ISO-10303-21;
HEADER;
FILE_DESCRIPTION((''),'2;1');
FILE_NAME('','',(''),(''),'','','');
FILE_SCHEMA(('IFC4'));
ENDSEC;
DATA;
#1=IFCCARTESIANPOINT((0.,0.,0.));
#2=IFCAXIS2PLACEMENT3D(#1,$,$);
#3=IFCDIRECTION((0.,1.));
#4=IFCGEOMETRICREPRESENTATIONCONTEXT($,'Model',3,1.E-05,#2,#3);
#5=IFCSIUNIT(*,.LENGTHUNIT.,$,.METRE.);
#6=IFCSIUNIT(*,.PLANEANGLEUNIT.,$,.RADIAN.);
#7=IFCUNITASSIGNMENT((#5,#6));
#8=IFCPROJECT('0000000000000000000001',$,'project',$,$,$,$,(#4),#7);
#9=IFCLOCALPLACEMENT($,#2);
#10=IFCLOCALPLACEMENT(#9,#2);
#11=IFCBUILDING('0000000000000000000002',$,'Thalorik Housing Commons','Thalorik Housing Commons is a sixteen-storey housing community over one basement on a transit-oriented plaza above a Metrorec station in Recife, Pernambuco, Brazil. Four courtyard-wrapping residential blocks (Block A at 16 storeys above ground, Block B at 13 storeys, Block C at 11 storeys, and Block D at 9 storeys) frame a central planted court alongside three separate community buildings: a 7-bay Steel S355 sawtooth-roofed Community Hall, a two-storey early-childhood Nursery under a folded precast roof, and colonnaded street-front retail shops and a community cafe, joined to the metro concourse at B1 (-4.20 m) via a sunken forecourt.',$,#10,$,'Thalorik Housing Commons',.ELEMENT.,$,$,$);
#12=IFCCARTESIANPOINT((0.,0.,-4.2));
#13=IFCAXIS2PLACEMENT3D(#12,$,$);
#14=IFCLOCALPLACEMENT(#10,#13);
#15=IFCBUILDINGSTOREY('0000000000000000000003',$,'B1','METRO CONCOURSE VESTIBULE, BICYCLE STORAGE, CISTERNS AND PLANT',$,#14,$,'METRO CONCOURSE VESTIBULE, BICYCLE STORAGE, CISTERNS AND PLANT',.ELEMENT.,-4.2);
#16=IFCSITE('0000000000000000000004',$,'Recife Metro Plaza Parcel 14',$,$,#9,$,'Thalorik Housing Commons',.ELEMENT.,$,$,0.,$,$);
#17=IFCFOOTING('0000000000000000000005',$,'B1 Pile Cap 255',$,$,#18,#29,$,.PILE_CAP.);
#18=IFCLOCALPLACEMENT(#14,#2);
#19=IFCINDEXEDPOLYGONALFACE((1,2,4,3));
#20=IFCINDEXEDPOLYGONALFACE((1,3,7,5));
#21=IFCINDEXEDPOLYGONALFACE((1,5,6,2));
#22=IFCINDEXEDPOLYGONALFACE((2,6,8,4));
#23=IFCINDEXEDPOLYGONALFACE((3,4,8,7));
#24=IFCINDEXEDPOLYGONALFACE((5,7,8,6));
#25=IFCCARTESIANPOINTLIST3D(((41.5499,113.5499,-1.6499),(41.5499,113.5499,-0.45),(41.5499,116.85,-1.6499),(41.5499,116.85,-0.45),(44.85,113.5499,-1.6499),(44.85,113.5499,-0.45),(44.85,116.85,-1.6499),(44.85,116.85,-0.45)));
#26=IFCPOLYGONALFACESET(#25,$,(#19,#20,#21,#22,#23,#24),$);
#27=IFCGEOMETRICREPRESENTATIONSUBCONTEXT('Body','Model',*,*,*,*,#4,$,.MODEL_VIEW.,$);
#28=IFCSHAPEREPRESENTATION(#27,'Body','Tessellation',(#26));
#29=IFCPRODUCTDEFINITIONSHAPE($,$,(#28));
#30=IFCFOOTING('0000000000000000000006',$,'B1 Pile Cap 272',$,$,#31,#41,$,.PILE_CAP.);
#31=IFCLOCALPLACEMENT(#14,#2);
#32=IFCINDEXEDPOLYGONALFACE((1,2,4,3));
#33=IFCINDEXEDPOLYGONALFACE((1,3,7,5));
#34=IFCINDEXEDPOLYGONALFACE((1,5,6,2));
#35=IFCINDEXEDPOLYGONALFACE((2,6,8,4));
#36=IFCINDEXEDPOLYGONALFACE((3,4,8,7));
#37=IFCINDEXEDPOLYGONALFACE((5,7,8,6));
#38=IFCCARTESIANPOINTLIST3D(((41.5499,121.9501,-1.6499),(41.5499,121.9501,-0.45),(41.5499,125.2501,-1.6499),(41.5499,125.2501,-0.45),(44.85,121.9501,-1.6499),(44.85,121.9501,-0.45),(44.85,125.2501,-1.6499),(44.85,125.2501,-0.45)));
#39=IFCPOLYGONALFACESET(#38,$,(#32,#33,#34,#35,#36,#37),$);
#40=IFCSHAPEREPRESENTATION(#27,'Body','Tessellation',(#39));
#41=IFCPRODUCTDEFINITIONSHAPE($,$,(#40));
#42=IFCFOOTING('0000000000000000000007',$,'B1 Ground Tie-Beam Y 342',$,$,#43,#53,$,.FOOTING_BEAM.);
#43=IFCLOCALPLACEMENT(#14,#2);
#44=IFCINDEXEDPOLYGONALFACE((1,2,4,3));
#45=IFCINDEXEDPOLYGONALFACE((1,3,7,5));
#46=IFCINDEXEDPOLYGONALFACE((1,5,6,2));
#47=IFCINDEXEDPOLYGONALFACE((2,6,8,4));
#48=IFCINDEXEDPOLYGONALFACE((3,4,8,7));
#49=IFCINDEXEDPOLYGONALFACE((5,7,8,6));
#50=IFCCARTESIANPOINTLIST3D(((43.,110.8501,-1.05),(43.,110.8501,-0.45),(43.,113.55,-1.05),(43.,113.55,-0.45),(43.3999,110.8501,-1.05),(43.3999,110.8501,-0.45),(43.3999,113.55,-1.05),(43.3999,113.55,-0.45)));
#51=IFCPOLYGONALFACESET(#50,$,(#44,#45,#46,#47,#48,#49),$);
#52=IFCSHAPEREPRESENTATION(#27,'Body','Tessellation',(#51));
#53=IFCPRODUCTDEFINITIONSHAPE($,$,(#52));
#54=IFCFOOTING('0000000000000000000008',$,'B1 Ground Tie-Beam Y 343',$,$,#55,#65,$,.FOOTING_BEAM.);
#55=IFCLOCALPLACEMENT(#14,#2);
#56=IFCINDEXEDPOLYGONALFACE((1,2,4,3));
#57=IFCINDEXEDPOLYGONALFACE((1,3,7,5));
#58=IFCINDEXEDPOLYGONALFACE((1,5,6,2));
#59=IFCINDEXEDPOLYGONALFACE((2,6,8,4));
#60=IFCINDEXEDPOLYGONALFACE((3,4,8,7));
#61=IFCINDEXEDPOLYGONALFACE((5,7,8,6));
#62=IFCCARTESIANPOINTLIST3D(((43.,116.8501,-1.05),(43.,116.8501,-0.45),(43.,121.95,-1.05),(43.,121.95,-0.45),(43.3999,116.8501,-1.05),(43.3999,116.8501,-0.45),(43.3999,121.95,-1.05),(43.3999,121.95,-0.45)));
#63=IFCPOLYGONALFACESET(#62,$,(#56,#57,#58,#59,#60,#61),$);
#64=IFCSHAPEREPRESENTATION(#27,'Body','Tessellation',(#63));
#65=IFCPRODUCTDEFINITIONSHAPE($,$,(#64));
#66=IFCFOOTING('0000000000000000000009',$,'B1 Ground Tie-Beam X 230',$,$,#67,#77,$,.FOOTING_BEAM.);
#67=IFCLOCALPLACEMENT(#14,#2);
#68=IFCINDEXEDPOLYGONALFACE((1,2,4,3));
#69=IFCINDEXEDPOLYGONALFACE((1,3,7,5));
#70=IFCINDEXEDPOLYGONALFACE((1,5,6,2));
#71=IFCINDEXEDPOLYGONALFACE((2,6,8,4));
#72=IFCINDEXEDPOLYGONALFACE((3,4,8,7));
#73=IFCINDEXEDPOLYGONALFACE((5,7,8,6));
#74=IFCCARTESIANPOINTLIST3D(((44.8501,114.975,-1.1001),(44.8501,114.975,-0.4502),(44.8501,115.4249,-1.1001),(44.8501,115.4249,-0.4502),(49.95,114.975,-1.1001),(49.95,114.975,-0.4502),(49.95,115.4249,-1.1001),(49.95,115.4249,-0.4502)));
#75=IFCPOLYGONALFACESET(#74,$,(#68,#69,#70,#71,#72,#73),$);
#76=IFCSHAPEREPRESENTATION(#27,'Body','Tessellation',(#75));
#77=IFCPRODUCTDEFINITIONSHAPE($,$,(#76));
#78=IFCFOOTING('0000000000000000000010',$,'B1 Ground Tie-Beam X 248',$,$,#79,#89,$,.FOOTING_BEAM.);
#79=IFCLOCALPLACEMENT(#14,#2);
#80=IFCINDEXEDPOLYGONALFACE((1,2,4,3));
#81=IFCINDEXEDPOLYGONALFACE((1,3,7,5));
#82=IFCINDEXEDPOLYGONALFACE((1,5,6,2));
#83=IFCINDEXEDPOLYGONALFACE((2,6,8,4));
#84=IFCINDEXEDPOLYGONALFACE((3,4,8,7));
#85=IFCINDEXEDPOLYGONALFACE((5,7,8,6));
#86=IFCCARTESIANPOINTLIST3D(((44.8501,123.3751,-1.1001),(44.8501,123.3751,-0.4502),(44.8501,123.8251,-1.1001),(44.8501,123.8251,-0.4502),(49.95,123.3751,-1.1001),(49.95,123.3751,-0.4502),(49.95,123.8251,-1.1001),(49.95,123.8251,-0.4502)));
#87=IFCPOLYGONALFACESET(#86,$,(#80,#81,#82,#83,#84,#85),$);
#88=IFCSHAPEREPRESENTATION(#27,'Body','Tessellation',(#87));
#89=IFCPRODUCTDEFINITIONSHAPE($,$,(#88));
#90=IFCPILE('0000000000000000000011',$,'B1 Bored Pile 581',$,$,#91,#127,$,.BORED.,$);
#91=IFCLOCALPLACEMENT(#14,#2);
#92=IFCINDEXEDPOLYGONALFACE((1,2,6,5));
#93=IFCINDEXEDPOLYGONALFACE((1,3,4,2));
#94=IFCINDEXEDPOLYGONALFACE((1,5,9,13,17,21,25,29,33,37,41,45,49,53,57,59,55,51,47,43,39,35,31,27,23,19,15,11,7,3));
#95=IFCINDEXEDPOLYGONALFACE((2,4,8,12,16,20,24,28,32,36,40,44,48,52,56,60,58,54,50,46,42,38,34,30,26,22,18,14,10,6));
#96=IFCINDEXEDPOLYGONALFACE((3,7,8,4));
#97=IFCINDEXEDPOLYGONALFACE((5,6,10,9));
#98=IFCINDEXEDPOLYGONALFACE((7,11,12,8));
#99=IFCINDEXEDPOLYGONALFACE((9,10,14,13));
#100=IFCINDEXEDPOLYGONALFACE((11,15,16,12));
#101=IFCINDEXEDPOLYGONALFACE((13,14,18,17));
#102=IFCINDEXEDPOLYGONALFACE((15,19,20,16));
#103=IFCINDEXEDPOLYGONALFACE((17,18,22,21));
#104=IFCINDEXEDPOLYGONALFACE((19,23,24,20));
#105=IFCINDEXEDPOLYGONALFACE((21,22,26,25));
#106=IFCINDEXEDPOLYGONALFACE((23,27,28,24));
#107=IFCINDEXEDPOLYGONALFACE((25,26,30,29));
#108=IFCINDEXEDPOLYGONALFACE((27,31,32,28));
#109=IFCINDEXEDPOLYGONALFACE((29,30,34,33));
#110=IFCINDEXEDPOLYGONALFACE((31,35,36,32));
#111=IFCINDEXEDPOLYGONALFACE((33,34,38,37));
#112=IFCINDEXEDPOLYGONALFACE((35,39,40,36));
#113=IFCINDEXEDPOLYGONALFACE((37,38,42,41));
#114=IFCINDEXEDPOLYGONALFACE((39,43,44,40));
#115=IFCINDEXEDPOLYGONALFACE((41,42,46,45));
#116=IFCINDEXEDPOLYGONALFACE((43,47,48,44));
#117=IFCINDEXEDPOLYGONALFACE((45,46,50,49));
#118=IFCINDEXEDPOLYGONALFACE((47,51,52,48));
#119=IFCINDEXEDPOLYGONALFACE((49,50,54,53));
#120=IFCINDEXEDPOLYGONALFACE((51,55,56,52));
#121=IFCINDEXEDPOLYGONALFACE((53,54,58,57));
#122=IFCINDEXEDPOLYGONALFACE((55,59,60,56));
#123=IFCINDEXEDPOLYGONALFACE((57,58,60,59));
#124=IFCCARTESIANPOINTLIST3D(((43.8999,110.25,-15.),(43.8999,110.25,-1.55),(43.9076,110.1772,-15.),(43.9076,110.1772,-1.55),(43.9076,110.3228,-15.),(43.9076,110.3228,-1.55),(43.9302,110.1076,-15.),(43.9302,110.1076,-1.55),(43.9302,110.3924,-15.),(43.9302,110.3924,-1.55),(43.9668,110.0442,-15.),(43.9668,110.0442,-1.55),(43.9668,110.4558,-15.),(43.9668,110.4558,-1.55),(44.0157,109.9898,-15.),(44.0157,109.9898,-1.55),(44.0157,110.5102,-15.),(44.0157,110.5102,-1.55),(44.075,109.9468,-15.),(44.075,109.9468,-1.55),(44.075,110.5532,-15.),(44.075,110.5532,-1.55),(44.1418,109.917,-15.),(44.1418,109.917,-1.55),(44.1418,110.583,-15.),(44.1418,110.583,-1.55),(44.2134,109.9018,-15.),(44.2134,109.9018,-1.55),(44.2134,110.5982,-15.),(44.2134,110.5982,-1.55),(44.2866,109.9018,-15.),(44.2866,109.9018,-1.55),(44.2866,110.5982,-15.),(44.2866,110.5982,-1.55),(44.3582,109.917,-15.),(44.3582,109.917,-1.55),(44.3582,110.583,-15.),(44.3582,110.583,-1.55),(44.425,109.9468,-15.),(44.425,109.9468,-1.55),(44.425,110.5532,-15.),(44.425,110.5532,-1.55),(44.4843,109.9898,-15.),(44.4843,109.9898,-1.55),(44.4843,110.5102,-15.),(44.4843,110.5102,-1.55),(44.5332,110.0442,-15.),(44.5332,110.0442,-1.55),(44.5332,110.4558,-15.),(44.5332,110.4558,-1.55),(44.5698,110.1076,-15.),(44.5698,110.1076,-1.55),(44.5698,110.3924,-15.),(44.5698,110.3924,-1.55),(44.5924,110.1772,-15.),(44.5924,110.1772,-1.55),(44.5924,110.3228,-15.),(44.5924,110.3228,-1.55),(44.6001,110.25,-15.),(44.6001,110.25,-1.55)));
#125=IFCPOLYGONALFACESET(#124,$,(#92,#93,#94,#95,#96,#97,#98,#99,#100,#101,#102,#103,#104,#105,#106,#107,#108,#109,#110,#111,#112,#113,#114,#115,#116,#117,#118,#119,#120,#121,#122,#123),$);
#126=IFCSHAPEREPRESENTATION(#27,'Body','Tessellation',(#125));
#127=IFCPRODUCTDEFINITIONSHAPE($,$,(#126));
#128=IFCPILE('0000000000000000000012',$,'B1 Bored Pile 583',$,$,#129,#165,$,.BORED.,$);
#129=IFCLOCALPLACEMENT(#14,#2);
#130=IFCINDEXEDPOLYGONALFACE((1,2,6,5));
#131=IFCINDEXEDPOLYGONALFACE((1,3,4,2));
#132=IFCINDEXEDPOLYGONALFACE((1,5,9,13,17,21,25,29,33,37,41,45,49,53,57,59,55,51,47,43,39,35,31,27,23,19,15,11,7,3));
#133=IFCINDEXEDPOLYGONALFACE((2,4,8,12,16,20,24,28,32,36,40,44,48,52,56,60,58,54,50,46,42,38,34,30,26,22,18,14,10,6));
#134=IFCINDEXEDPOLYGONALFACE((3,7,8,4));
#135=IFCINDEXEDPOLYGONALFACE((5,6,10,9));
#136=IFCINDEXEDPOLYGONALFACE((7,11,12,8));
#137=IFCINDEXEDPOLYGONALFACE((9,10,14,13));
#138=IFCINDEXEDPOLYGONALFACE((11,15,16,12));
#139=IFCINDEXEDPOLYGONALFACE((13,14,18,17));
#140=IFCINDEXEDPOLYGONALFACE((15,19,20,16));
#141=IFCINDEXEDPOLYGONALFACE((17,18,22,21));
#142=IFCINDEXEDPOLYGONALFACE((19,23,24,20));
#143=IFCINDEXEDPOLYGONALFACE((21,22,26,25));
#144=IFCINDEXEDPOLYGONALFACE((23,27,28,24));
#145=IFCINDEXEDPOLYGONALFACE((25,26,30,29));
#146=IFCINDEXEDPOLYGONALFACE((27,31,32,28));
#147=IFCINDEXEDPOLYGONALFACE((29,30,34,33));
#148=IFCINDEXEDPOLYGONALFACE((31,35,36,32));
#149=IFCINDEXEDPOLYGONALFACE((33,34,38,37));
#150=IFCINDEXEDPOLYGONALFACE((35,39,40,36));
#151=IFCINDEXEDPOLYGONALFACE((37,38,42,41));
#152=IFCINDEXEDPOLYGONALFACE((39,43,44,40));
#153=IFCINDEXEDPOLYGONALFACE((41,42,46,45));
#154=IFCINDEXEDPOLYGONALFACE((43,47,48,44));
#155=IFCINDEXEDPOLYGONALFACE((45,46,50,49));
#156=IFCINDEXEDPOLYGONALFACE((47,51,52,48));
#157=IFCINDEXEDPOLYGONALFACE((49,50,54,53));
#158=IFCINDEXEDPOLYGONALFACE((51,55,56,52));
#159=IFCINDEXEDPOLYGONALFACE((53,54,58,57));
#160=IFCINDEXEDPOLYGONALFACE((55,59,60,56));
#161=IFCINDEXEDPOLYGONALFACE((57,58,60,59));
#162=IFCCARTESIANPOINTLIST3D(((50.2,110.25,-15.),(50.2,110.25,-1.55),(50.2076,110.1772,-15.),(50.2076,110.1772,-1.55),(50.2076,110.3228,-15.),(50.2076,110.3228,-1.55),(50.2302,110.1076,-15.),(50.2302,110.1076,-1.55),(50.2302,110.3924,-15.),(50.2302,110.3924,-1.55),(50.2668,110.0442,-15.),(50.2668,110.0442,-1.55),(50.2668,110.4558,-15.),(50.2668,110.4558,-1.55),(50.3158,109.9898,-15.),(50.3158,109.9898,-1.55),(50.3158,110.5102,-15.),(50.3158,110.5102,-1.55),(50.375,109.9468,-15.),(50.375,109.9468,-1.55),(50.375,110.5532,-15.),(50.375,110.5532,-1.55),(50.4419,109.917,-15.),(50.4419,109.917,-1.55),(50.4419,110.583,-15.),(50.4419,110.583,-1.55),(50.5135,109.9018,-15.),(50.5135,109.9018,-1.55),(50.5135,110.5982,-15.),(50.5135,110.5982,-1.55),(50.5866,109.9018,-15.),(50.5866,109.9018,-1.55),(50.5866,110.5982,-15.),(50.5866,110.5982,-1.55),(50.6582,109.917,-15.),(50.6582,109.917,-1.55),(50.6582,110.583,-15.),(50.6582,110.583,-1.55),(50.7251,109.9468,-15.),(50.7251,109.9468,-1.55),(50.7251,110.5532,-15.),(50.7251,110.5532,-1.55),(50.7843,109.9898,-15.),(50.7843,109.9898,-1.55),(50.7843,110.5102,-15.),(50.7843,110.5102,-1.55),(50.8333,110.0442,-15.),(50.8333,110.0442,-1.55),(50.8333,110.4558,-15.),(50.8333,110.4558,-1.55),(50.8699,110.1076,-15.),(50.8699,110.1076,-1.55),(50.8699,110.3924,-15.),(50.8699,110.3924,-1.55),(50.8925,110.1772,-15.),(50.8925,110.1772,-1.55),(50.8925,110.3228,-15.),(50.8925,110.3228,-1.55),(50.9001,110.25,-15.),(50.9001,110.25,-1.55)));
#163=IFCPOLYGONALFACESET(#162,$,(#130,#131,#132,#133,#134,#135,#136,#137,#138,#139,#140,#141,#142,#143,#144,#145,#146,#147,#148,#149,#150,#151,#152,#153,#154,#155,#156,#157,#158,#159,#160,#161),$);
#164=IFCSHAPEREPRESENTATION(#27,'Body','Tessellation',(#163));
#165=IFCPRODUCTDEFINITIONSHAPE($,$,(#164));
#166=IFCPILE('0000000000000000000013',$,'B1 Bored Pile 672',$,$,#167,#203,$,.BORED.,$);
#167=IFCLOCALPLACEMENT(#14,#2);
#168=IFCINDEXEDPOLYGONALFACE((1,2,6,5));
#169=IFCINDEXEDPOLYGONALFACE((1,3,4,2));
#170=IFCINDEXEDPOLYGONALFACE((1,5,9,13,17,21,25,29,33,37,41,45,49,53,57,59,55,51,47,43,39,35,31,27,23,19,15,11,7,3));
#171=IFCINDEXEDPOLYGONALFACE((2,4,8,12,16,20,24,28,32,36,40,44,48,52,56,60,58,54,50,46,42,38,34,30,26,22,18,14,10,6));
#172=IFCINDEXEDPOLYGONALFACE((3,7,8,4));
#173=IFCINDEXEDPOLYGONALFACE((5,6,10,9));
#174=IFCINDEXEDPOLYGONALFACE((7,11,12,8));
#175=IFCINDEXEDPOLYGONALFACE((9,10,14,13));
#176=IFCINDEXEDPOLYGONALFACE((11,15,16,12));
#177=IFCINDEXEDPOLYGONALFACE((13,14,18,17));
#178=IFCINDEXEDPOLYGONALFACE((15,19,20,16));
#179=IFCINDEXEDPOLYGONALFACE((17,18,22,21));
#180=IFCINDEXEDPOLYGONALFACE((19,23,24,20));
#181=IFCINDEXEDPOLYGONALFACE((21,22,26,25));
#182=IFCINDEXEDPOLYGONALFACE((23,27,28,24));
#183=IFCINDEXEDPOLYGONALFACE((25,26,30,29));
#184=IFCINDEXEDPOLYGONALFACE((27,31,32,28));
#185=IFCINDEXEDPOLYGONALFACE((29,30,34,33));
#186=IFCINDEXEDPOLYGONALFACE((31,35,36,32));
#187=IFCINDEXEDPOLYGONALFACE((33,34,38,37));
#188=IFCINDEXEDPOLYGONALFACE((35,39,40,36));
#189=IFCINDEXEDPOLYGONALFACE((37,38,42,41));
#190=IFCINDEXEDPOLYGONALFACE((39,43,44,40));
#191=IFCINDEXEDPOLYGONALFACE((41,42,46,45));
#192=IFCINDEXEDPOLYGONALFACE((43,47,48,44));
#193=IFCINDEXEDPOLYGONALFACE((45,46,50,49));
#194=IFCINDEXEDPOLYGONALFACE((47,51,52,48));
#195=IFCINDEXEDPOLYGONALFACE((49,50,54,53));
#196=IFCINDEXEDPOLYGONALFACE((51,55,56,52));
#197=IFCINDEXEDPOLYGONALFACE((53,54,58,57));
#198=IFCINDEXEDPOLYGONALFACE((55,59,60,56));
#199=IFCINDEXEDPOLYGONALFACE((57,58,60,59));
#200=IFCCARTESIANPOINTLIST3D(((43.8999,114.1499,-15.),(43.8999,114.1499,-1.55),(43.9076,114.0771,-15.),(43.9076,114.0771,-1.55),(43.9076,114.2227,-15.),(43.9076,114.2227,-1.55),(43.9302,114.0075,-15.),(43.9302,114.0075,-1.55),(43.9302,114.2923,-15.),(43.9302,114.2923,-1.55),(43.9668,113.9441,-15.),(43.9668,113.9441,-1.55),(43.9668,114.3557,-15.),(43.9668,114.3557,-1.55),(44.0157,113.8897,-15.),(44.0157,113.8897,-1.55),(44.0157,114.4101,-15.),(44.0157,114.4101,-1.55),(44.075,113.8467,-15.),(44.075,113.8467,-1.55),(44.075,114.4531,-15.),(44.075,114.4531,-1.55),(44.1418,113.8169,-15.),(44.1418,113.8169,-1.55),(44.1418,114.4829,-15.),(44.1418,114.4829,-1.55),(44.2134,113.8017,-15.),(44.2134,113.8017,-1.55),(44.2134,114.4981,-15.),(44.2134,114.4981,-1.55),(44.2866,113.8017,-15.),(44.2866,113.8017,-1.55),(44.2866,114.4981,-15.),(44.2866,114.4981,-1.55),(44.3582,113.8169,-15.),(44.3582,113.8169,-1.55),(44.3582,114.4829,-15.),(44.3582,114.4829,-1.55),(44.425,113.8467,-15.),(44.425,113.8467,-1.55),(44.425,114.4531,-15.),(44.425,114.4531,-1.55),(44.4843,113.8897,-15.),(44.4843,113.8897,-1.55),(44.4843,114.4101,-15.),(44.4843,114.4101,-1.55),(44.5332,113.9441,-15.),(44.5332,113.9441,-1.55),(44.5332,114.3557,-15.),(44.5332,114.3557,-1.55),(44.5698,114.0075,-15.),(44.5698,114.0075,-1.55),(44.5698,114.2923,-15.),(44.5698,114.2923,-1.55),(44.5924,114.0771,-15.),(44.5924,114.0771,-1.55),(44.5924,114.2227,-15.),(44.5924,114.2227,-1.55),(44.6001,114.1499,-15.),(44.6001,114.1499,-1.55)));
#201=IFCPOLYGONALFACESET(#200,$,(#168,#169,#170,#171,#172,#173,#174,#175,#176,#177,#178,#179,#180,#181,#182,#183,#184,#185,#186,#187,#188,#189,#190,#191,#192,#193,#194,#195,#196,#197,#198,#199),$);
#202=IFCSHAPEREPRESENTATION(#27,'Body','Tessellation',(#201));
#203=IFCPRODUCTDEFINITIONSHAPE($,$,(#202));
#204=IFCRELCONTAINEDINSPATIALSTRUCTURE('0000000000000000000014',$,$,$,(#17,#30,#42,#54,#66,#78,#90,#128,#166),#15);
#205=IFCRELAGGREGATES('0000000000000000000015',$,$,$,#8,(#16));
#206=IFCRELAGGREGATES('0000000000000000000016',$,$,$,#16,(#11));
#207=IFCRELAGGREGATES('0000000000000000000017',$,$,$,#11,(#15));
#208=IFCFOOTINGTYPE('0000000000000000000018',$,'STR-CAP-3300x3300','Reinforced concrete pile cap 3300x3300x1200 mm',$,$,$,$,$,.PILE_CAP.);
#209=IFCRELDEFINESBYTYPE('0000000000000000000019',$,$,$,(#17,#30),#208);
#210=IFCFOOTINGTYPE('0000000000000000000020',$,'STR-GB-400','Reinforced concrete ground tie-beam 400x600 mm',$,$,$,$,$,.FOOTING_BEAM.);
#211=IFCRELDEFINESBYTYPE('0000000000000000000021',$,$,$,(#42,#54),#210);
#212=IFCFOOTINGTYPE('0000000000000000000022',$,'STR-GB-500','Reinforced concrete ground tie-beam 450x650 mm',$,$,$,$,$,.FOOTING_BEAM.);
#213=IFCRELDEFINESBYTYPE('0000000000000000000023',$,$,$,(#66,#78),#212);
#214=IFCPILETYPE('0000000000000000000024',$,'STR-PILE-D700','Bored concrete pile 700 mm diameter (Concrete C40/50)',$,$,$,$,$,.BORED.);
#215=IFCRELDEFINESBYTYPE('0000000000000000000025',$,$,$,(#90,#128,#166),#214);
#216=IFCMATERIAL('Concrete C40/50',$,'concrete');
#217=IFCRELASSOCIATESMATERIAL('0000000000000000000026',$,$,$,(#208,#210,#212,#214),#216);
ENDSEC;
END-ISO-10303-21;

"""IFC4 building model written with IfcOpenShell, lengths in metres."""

from ifc_helpers import new_model, si_unit, direction, frame, origin, origin_2d, place, context, subcontext, project, spatial, rectangle, circle, extrude, material, material_profile, profile_set, type_object, element, save


model = new_model("IFC4")

# Units and contexts
model_context = context("Model", 3, precision=1e-05, world=origin(), true_north=direction((0.0, 1.0)))
body_context = subcontext(model_context, "Body", "Model", "MODEL_VIEW")
ifc_project = project(units=[si_unit("LENGTHUNIT", "METRE"), si_unit("PLANEANGLEUNIT", "RADIAN")], contexts=[model_context])

# Site, building, storey
site_placement = place(None, origin())
site = spatial("IfcSite", under=ifc_project, at=site_placement, Name="Recife Metro Plaza Parcel 14", LongName="Thalorik Housing Commons", CompositionType="ELEMENT", RefElevation=0.0)
building_placement = place(site_placement, origin())
building = spatial("IfcBuilding", under=site, at=building_placement, Name="Thalorik Housing Commons", Description="Thalorik Housing Commons is a sixteen-storey housing community over one basement on a transit-oriented plaza above a Metrorec station in Recife, Pernambuco, Brazil. Four courtyard-wrapping residential blocks (Block A at 16 storeys above ground, Block B at 13 storeys, Block C at 11 storeys, and Block D at 9 storeys) frame a central planted court alongside three separate community buildings: a 7-bay Steel S355 sawtooth-roofed Community Hall, a two-storey early-childhood Nursery under a folded precast roof, and colonnaded street-front retail shops and a community cafe, joined to the metro concourse at B1 (-4.20 m) via a sunken forecourt.", LongName="Thalorik Housing Commons", CompositionType="ELEMENT")
storey_placement = place(building_placement, frame((0.0, 0.0, -4.2)))
storey = spatial("IfcBuildingStorey", under=building, at=storey_placement, Name="B1", Description="METRO CONCOURSE VESTIBULE, BICYCLE STORAGE, CISTERNS AND PLANT", LongName="METRO CONCOURSE VESTIBULE, BICYCLE STORAGE, CISTERNS AND PLANT", CompositionType="ELEMENT", Elevation=-4.2)

# Footings
ifc_material_1 = material(Name="Concrete C40/50", Category="concrete")
footing_type_1 = type_object("IfcFootingType", Name="STR-CAP-3300x3300", Description="Reinforced concrete pile cap 3300x3300x1200 mm", PredefinedType="PILE_CAP", material=ifc_material_1)
for number, where, z_axis, x_axis, name in (
    (1, (43.2, 115.2, -1.6499), (0.0, 0.0, 1.0), (1.0, 0.0, 0.0), "B1 Pile Cap 255"),
    (2, (43.2, 123.6001, -1.6499), (0.0, 0.0, 1.0), (1.0, 0.0, 0.0), "B1 Pile Cap 272"),
):
    element("IfcFooting", number, at=place(storey_placement, frame(where, z_axis=z_axis, x_axis=x_axis)), inside=storey, type_object=footing_type_1, Name=name, PredefinedType="PILE_CAP", context=body_context, shape_type="SweptSolid", body=[
        extrude(rectangle(XDim=3.3, YDim=3.3, at=origin_2d()), origin(), (0.0, 0.0, 1.0), 1.2),
    ])
ifc_material_profile_1 = material_profile(ifc_material_1, rectangle(XDim=0.3999, YDim=0.6001, at=origin_2d()), Name="RC 400x600", Category="concrete")
ifc_profile_set_1 = profile_set([ifc_material_profile_1], Name="Concrete C40/50")
footing_type_2 = type_object("IfcFootingType", Name="STR-GB-400", Description="Reinforced concrete ground tie-beam 400x600 mm", PredefinedType="FOOTING_BEAM", material=ifc_profile_set_1)
footing_1_placement = place(storey_placement, frame((43.2, 110.8501, -0.75), z_axis=(0.0, 1.0, 0.0), x_axis=(-1.0, 0.0, 0.0)))
element("IfcFooting", 3, at=footing_1_placement, inside=storey, type_object=footing_type_2, Name="B1 Ground Tie-Beam Y 342", PredefinedType="FOOTING_BEAM", context=body_context, shape_type="SweptSolid", body=[
    extrude(rectangle(XDim=0.3999, YDim=0.6001, at=origin_2d()), origin(), (0.0, 0.0, 1.0), 2.7),
])
footing_2_placement = place(storey_placement, frame((43.2, 116.8501, -0.75), z_axis=(0.0, 1.0, 0.0), x_axis=(-1.0, 0.0, 0.0)))
element("IfcFooting", 4, at=footing_2_placement, inside=storey, type_object=footing_type_2, Name="B1 Ground Tie-Beam Y 343", PredefinedType="FOOTING_BEAM", context=body_context, shape_type="SweptSolid", body=[
    extrude(rectangle(XDim=0.3999, YDim=0.6001, at=origin_2d()), origin(), (0.0, 0.0, 1.0), 5.0999),
])
ifc_material_profile_2 = material_profile(ifc_material_1, rectangle(XDim=0.45, YDim=0.6499, at=origin_2d()), Name="RC 450x650", Category="concrete")
ifc_profile_set_2 = profile_set([ifc_material_profile_2], Name="Concrete C40/50")
footing_type_3 = type_object("IfcFootingType", Name="STR-GB-500", Description="Reinforced concrete ground tie-beam 450x650 mm", PredefinedType="FOOTING_BEAM", material=ifc_profile_set_2)
for number, where, z_axis, x_axis, name in (
    (5, (44.8501, 115.2, -0.7751), (1.0, 0.0, 0.0), (0.0, 1.0, 0.0), "B1 Ground Tie-Beam X 230"),
    (6, (44.8501, 123.6001, -0.7751), (1.0, 0.0, 0.0), (0.0, 1.0, 0.0), "B1 Ground Tie-Beam X 248"),
):
    element("IfcFooting", number, at=place(storey_placement, frame(where, z_axis=z_axis, x_axis=x_axis)), inside=storey, type_object=footing_type_3, Name=name, PredefinedType="FOOTING_BEAM", context=body_context, shape_type="SweptSolid", body=[
        extrude(rectangle(XDim=0.45, YDim=0.6499, at=origin_2d()), origin(), (0.0, 0.0, 1.0), 5.0999),
    ])

# Piles
ifc_material_profile_3 = material_profile(ifc_material_1, circle(Radius=0.3501, at=origin_2d()), Name="BORED PILE D700", Category="concrete")
ifc_profile_set_3 = profile_set([ifc_material_profile_3], Name="Concrete C40/50")
pile_type = type_object("IfcPileType", Name="STR-PILE-D700", Description="Bored concrete pile 700 mm diameter (Concrete C40/50)", PredefinedType="BORED", material=ifc_profile_set_3)
for number, where, z_axis, x_axis, name in (
    (7, (44.25, 110.25, -1.55), (0.0, 0.0, -1.0), (1.0, 0.0, 0.0), "B1 Bored Pile 581"),
    (8, (50.55, 110.25, -1.55), (0.0, 0.0, -1.0), (1.0, 0.0, 0.0), "B1 Bored Pile 583"),
    (9, (44.25, 114.1499, -1.55), (0.0, 0.0, -1.0), (1.0, 0.0, 0.0), "B1 Bored Pile 672"),
):
    element("IfcPile", number, at=place(storey_placement, frame(where, z_axis=z_axis, x_axis=x_axis)), inside=storey, type_object=pile_type, Name=name, PredefinedType="BORED", context=body_context, shape_type="SweptSolid", body=[
        extrude(circle(Radius=0.3501, at=origin_2d()), origin(), (0.0, 0.0, 1.0), 13.45),
    ])

save(model, "model.ifc")
